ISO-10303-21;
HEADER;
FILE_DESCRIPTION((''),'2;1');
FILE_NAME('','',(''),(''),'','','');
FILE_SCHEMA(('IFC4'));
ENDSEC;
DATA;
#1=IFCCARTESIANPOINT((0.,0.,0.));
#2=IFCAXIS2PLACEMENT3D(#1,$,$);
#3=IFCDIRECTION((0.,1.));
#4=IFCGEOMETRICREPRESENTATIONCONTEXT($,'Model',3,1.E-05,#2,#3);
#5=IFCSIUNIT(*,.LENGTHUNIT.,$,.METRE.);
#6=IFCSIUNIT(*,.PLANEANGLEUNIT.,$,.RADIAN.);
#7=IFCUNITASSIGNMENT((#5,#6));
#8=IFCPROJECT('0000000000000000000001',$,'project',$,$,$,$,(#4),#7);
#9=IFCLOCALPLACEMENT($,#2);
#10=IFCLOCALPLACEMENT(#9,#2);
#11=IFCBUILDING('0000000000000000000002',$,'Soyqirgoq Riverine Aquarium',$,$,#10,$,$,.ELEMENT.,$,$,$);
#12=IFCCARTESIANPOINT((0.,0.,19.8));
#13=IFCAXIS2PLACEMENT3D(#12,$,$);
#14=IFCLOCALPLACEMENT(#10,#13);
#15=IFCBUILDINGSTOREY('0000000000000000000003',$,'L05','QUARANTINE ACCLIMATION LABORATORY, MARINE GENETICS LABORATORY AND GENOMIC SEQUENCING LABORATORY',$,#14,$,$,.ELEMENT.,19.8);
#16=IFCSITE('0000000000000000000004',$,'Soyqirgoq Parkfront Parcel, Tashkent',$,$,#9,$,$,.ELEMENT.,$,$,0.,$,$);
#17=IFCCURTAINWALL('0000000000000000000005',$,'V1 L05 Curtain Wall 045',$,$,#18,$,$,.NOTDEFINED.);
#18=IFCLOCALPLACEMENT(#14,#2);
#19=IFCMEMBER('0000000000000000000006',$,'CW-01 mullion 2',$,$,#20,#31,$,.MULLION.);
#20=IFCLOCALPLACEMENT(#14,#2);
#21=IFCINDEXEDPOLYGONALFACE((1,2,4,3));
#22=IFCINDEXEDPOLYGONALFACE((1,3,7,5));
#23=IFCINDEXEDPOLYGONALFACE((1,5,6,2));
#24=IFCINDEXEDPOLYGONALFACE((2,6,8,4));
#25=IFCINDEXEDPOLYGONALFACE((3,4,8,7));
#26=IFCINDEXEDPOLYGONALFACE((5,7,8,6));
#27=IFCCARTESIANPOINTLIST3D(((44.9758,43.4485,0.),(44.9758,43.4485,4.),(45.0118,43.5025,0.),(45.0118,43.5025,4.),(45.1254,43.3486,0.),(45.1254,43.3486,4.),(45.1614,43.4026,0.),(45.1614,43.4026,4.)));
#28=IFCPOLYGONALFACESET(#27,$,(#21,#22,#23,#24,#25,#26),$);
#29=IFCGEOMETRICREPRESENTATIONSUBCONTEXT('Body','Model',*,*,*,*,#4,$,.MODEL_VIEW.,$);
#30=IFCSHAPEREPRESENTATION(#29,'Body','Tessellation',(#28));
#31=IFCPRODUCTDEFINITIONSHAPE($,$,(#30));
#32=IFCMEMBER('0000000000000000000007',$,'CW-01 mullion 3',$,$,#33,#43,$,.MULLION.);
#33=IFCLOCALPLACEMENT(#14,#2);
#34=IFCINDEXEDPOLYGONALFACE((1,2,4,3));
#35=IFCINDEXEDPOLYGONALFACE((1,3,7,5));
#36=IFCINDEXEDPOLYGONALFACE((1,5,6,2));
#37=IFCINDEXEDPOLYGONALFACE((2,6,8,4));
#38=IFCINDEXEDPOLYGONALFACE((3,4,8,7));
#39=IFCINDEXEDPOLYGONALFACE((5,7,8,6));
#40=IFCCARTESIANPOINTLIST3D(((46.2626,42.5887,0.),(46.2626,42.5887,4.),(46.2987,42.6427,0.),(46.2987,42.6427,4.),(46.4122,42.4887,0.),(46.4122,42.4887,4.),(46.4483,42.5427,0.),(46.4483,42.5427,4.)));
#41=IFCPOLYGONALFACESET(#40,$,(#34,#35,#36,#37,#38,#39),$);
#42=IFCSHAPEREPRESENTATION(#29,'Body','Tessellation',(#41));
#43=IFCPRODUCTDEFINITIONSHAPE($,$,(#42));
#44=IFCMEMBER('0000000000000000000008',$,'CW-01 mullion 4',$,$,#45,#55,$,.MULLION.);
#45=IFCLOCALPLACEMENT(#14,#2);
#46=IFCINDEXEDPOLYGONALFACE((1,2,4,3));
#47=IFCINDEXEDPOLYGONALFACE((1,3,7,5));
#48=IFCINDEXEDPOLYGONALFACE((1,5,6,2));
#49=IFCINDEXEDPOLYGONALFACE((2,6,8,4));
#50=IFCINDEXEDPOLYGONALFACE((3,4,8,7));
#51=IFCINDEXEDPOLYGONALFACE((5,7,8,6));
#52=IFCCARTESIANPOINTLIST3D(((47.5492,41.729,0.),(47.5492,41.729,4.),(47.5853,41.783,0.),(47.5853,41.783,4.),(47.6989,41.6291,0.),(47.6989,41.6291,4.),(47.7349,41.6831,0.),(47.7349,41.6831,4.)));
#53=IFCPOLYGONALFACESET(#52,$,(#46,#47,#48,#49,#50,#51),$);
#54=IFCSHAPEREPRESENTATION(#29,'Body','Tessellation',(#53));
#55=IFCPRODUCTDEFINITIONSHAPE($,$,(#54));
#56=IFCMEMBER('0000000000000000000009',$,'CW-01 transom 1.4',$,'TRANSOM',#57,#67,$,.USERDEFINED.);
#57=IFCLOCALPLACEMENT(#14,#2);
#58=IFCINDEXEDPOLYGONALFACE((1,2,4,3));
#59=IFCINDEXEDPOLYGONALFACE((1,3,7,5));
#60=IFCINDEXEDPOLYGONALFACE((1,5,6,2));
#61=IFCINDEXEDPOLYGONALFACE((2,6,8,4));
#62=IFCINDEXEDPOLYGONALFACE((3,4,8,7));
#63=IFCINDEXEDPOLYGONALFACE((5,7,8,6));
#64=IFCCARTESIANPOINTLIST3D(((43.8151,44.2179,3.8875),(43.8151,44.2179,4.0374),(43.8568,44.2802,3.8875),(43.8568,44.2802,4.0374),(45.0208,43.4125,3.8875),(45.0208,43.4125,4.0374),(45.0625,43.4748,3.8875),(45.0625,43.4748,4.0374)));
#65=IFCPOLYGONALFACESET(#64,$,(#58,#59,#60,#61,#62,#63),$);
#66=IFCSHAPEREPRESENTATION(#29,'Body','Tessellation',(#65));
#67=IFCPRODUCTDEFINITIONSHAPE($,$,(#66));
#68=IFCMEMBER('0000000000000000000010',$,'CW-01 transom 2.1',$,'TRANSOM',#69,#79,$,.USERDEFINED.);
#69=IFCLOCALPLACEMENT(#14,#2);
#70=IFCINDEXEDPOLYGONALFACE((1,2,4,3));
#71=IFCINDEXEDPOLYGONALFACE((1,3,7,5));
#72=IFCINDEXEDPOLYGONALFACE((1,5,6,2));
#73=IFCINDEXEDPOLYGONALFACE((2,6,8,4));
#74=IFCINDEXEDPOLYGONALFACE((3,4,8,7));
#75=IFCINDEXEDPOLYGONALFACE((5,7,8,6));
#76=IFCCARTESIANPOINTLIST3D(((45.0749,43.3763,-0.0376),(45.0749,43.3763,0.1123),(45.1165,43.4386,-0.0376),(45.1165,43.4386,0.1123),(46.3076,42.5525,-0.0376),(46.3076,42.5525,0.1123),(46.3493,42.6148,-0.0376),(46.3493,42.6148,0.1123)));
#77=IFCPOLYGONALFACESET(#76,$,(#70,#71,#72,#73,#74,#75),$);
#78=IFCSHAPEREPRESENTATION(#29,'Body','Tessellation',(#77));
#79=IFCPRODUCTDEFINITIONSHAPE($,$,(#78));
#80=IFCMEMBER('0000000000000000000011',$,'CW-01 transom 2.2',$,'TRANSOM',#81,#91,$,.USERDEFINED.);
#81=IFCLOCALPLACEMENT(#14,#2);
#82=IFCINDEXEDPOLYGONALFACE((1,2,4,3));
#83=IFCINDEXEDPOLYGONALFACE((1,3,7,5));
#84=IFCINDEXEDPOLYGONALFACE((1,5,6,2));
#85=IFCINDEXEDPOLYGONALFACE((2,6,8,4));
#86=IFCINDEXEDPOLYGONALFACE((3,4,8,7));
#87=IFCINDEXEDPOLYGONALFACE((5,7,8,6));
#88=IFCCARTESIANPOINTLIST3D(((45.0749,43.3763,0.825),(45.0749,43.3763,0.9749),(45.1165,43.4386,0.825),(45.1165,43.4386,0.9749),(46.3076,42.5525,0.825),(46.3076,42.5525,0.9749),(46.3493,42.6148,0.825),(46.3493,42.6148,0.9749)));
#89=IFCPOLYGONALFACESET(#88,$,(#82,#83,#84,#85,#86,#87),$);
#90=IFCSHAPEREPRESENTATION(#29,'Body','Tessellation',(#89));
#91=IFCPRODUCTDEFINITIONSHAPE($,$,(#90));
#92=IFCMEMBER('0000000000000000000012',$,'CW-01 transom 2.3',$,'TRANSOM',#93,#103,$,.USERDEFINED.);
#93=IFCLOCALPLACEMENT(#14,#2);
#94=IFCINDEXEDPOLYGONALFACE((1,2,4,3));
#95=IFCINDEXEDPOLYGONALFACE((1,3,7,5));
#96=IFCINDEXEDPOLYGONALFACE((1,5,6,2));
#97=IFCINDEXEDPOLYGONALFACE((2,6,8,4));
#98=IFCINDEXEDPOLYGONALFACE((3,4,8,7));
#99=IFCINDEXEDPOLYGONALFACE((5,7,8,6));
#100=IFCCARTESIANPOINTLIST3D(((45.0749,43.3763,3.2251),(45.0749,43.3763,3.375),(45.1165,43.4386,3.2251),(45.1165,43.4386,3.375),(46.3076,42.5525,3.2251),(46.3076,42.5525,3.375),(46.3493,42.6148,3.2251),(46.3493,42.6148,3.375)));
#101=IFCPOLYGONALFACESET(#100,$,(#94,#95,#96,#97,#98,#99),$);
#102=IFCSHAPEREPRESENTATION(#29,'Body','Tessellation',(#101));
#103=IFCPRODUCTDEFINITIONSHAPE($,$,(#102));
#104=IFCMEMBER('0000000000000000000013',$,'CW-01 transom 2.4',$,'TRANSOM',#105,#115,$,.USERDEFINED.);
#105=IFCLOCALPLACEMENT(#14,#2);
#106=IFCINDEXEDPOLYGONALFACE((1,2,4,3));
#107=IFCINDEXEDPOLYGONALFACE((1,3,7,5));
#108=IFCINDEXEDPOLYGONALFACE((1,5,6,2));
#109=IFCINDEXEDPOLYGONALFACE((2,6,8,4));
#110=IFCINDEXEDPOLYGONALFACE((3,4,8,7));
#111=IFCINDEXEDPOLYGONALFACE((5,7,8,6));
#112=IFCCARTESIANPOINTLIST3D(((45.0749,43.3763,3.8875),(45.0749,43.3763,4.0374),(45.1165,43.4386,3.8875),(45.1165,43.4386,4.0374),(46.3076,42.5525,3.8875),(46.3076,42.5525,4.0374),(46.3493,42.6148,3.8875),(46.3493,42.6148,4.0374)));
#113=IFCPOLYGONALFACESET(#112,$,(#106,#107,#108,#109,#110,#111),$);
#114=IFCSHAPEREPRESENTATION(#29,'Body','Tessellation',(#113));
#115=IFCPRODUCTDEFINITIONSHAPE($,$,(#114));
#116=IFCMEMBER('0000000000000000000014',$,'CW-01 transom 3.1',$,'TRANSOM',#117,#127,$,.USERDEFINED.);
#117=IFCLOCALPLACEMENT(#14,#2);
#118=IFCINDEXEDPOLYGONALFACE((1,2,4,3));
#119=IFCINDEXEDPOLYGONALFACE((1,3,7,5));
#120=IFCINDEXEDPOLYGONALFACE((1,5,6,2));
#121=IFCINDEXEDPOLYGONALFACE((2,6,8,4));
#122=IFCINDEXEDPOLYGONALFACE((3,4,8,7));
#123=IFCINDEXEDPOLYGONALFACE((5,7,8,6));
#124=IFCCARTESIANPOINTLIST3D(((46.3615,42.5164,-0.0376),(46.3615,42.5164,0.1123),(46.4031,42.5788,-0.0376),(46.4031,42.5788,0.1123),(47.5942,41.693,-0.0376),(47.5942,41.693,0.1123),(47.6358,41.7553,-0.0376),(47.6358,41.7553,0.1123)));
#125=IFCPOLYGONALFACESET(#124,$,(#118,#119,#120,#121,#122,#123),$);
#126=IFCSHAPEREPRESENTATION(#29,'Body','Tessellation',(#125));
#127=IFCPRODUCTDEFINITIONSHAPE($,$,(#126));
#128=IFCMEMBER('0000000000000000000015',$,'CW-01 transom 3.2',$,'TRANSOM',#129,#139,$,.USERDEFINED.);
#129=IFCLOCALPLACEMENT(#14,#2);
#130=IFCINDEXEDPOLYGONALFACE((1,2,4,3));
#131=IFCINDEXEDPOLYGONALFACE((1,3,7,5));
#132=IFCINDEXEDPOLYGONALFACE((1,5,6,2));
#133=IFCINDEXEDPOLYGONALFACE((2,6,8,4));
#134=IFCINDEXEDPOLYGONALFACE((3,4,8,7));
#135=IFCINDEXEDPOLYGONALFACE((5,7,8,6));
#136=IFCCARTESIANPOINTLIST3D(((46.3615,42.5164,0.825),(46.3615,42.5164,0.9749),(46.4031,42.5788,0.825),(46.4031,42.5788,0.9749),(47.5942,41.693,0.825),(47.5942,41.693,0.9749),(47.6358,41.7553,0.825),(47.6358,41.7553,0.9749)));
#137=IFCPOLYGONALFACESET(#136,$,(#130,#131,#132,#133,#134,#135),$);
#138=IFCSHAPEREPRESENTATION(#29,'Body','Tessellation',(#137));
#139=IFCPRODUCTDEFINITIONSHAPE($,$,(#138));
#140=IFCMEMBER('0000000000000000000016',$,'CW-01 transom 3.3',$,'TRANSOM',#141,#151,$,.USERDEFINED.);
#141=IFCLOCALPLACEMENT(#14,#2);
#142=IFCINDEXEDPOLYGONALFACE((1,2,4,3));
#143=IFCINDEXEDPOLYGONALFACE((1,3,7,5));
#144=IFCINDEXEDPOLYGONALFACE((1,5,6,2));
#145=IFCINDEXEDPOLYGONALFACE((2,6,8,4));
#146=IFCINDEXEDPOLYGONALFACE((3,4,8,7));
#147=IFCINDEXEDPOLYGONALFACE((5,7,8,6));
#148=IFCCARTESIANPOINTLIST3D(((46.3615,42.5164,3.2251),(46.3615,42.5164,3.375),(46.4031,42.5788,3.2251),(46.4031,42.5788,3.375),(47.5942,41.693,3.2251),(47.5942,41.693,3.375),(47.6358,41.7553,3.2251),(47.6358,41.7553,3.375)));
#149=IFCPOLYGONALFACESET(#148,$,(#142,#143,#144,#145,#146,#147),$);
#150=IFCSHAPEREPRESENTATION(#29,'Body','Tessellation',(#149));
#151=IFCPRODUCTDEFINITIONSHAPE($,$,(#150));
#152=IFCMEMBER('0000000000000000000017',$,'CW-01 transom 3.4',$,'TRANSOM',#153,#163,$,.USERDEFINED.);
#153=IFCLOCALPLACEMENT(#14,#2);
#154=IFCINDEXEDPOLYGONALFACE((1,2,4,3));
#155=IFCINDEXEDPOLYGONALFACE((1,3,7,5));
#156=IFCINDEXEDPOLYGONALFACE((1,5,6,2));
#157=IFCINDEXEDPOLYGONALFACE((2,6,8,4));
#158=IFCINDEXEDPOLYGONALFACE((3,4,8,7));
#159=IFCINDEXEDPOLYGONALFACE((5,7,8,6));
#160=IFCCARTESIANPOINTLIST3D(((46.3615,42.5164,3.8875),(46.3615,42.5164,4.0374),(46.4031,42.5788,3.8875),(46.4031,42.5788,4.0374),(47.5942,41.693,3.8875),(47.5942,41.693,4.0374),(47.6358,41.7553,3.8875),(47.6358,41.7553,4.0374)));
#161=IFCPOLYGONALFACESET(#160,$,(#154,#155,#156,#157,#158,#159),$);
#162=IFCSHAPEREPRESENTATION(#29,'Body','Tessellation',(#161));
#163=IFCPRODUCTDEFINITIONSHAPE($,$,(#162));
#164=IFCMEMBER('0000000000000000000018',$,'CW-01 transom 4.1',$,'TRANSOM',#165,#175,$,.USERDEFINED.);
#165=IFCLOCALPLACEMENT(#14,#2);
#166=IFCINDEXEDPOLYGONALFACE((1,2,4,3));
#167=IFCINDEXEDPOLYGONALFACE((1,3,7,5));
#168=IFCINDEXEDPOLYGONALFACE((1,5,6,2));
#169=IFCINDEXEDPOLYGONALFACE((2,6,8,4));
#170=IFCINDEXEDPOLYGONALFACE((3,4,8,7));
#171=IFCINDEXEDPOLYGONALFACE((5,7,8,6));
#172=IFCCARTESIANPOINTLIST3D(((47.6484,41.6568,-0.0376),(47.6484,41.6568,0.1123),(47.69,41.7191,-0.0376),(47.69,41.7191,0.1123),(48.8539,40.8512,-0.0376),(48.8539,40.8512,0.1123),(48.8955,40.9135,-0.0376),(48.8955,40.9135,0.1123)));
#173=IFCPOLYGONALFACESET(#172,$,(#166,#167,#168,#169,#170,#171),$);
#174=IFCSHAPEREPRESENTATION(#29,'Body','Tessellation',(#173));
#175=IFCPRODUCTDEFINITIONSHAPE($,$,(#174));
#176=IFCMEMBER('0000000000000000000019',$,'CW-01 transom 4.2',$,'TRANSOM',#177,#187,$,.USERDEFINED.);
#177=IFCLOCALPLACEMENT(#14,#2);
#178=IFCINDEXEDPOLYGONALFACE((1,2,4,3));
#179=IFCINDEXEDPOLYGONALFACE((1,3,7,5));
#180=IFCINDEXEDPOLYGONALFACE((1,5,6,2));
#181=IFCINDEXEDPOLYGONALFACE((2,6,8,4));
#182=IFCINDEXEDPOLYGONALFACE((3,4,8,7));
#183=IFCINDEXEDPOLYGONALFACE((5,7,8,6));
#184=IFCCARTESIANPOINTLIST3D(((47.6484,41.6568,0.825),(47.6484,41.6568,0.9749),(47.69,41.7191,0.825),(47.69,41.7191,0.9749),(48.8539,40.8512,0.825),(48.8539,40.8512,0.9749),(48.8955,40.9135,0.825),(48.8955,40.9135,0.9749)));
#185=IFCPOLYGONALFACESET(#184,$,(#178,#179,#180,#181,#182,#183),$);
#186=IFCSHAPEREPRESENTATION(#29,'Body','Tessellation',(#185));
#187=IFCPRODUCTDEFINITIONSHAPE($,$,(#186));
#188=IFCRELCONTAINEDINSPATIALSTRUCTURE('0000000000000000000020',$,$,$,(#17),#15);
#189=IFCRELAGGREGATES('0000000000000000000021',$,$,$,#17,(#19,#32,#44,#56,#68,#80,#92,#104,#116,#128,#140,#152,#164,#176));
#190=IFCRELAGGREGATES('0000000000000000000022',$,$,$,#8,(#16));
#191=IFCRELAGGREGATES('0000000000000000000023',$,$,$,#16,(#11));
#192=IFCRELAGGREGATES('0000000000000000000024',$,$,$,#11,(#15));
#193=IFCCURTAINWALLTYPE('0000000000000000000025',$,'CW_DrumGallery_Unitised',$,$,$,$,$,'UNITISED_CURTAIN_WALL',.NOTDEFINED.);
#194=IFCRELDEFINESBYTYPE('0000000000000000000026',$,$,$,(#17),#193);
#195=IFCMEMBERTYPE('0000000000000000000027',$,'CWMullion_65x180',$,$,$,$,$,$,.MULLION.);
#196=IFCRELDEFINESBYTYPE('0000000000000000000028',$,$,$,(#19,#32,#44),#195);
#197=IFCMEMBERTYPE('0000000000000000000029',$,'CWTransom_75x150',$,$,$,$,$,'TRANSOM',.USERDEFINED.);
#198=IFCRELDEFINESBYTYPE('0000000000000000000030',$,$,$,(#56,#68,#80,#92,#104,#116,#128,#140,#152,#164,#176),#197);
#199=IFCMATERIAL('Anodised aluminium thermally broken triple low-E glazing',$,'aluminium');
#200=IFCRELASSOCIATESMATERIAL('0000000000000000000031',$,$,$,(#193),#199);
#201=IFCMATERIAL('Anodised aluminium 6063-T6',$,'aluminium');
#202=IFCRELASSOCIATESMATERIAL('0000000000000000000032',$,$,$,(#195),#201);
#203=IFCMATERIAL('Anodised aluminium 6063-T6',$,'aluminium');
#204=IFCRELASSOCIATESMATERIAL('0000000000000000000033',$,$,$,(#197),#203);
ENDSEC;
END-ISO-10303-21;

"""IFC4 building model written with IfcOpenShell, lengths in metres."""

from ifc_helpers import new_model, si_unit, direction, frame, origin, origin_2d, place, context, subcontext, project, spatial, rectangle, extrude, material, material_profile, profile_set, type_object, element, aggregate, save


model = new_model("IFC4")

# Units and contexts
model_context = context("Model", 3, precision=1e-05, world=origin(), true_north=direction((0.0, 1.0)))
body_context = subcontext(model_context, "Body", "Model", "MODEL_VIEW")
ifc_project = project(units=[si_unit("LENGTHUNIT", "METRE"), si_unit("PLANEANGLEUNIT", "RADIAN")], contexts=[model_context])

# Site, building, storey
site_placement = place(None, origin())
site = spatial("IfcSite", under=ifc_project, at=site_placement, Name="Soyqirgoq Parkfront Parcel, Tashkent", CompositionType="ELEMENT", RefElevation=0.0)
building_placement = place(site_placement, origin())
building = spatial("IfcBuilding", under=site, at=building_placement, Name="Soyqirgoq Riverine Aquarium", CompositionType="ELEMENT")
storey_placement = place(building_placement, frame((0.0, 0.0, 19.8)))
storey = spatial("IfcBuildingStorey", under=building, at=storey_placement, Name="L05", Description="QUARANTINE ACCLIMATION LABORATORY, MARINE GENETICS LABORATORY AND GENOMIC SEQUENCING LABORATORY", CompositionType="ELEMENT", Elevation=19.8)

# Curtain wall, members
ifc_material_1 = material(Name="Anodised aluminium thermally broken triple low-E glazing", Category="aluminium")
curtain_wall_type = type_object("IfcCurtainWallType", Name="CW_DrumGallery_Unitised", ElementType="UNITISED_CURTAIN_WALL", PredefinedType="NOTDEFINED", material=ifc_material_1)
curtain_wall_placement = place(storey_placement, origin())
curtain_wall = element("IfcCurtainWall", 1, at=curtain_wall_placement, inside=storey, type_object=curtain_wall_type, Name="V1 L05 Curtain Wall 045", PredefinedType="NOTDEFINED")
ifc_material_2 = material(Name="Anodised aluminium 6063-T6", Category="aluminium")
ifc_material_profile_1 = material_profile(ifc_material_2, rectangle(XDim=0.0649, YDim=0.1799, at=origin_2d()), Name="ALU-M 65x180")
ifc_profile_set_1 = profile_set([ifc_material_profile_1], Name="Anodised aluminium 6063-T6")
member_type_1 = type_object("IfcMemberType", Name="CWMullion_65x180", PredefinedType="MULLION", material=ifc_profile_set_1)
member_1_placement = place(storey_placement, frame((45.0686, 43.4255, 0.0), z_axis=(0.0, 0.0, 1.0), x_axis=(0.555561, 0.831476, 0.0)))
member_1 = element("IfcMember", 2, at=member_1_placement, type_object=member_type_1, Name="CW-01 mullion 2", PredefinedType="MULLION", context=body_context, shape_type="SweptSolid", body=[
    extrude(rectangle(XDim=0.0649, YDim=0.1799, at=origin_2d()), origin(), (0.0, 0.0, 1.0), 4.0),
])
member_2_placement = place(storey_placement, frame((46.3555, 42.5657, 0.0), z_axis=(0.0, 0.0, 1.0), x_axis=(0.555561, 0.831476, 0.0)))
member_2 = element("IfcMember", 3, at=member_2_placement, type_object=member_type_1, Name="CW-01 mullion 3", PredefinedType="MULLION", context=body_context, shape_type="SweptSolid", body=[
    extrude(rectangle(XDim=0.0649, YDim=0.1799, at=origin_2d()), origin(), (0.0, 0.0, 1.0), 4.0),
])
member_3_placement = place(storey_placement, frame((47.6421, 41.7061, 0.0), z_axis=(0.0, 0.0, 1.0), x_axis=(0.555561, 0.831476, 0.0)))
member_3 = element("IfcMember", 4, at=member_3_placement, type_object=member_type_1, Name="CW-01 mullion 4", PredefinedType="MULLION", context=body_context, shape_type="SweptSolid", body=[
    extrude(rectangle(XDim=0.0649, YDim=0.1799, at=origin_2d()), origin(), (0.0, 0.0, 1.0), 4.0),
])
ifc_material_3 = material(Name="Anodised aluminium 6063-T6", Category="aluminium")
ifc_material_profile_2 = material_profile(ifc_material_3, rectangle(XDim=0.075, YDim=0.1499, at=origin_2d()), Name="ALU-T 75x150")
ifc_profile_set_2 = profile_set([ifc_material_profile_2], Name="Anodised aluminium 6063-T6")
member_type_2 = type_object("IfcMemberType", Name="CWTransom_75x150", ElementType="TRANSOM", PredefinedType="USERDEFINED", material=ifc_profile_set_2)
member_4_placement = place(storey_placement, frame((43.8359, 44.249, 3.9624), z_axis=(0.831558, -0.555438, 0.0), x_axis=(0.555438, 0.831558, 0.0)))
member_4 = element("IfcMember", 5, at=member_4_placement, type_object=member_type_2, Name="CW-01 transom 1.4", ObjectType="TRANSOM", PredefinedType="USERDEFINED", context=body_context, shape_type="SweptSolid", body=[
    extrude(rectangle(XDim=0.075, YDim=0.1499, at=origin_2d()), origin(), (0.0, 0.0, 1.0), 1.45),
])
member_5_placement = place(storey_placement, frame((45.0957, 43.4075, 0.0374), z_axis=(0.831442, -0.555612, 0.0), x_axis=(0.555612, 0.831442, 0.0)))
member_5 = element("IfcMember", 6, at=member_5_placement, type_object=member_type_2, Name="CW-01 transom 2.1", ObjectType="TRANSOM", PredefinedType="USERDEFINED", context=body_context, shape_type="SweptSolid", body=[
    extrude(rectangle(XDim=0.075, YDim=0.1499, at=origin_2d()), origin(), (0.0, 0.0, 1.0), 1.4827),
])
member_6_placement = place(storey_placement, frame((45.0957, 43.4075, 0.8999), z_axis=(0.831442, -0.555612, 0.0), x_axis=(0.555612, 0.831442, 0.0)))
member_6 = element("IfcMember", 7, at=member_6_placement, type_object=member_type_2, Name="CW-01 transom 2.2", ObjectType="TRANSOM", PredefinedType="USERDEFINED", context=body_context, shape_type="SweptSolid", body=[
    extrude(rectangle(XDim=0.075, YDim=0.1499, at=origin_2d()), origin(), (0.0, 0.0, 1.0), 1.4827),
])
member_7_placement = place(storey_placement, frame((45.0957, 43.4075, 3.3), z_axis=(0.831442, -0.555612, 0.0), x_axis=(0.555612, 0.831442, 0.0)))
member_7 = element("IfcMember", 8, at=member_7_placement, type_object=member_type_2, Name="CW-01 transom 2.3", ObjectType="TRANSOM", PredefinedType="USERDEFINED", context=body_context, shape_type="SweptSolid", body=[
    extrude(rectangle(XDim=0.075, YDim=0.1499, at=origin_2d()), origin(), (0.0, 0.0, 1.0), 1.4827),
])
member_8_placement = place(storey_placement, frame((45.0957, 43.4075, 3.9624), z_axis=(0.831442, -0.555612, 0.0), x_axis=(0.555612, 0.831442, 0.0)))
member_8 = element("IfcMember", 9, at=member_8_placement, type_object=member_type_2, Name="CW-01 transom 2.4", ObjectType="TRANSOM", PredefinedType="USERDEFINED", context=body_context, shape_type="SweptSolid", body=[
    extrude(rectangle(XDim=0.075, YDim=0.1499, at=origin_2d()), origin(), (0.0, 0.0, 1.0), 1.4827),
])
member_9_placement = place(storey_placement, frame((46.3823, 42.5476, 0.0374), z_axis=(0.831518, -0.555498, 0.0), x_axis=(0.555498, 0.831518, 0.0)))
member_9 = element("IfcMember", 10, at=member_9_placement, type_object=member_type_2, Name="CW-01 transom 3.1", ObjectType="TRANSOM", PredefinedType="USERDEFINED", context=body_context, shape_type="SweptSolid", body=[
    extrude(rectangle(XDim=0.075, YDim=0.1499, at=origin_2d()), origin(), (0.0, 0.0, 1.0), 1.4824),
])
member_10_placement = place(storey_placement, frame((46.3823, 42.5476, 0.8999), z_axis=(0.831518, -0.555498, 0.0), x_axis=(0.555498, 0.831518, 0.0)))
member_10 = element("IfcMember", 11, at=member_10_placement, type_object=member_type_2, Name="CW-01 transom 3.2", ObjectType="TRANSOM", PredefinedType="USERDEFINED", context=body_context, shape_type="SweptSolid", body=[
    extrude(rectangle(XDim=0.075, YDim=0.1499, at=origin_2d()), origin(), (0.0, 0.0, 1.0), 1.4824),
])
member_11_placement = place(storey_placement, frame((46.3823, 42.5476, 3.3), z_axis=(0.831518, -0.555498, 0.0), x_axis=(0.555498, 0.831518, 0.0)))
member_11 = element("IfcMember", 12, at=member_11_placement, type_object=member_type_2, Name="CW-01 transom 3.3", ObjectType="TRANSOM", PredefinedType="USERDEFINED", context=body_context, shape_type="SweptSolid", body=[
    extrude(rectangle(XDim=0.075, YDim=0.1499, at=origin_2d()), origin(), (0.0, 0.0, 1.0), 1.4824),
])
member_12_placement = place(storey_placement, frame((46.3823, 42.5476, 3.9624), z_axis=(0.831518, -0.555498, 0.0), x_axis=(0.555498, 0.831518, 0.0)))
member_12 = element("IfcMember", 13, at=member_12_placement, type_object=member_type_2, Name="CW-01 transom 3.4", ObjectType="TRANSOM", PredefinedType="USERDEFINED", context=body_context, shape_type="SweptSolid", body=[
    extrude(rectangle(XDim=0.075, YDim=0.1499, at=origin_2d()), origin(), (0.0, 0.0, 1.0), 1.4824),
])
member_13_placement = place(storey_placement, frame((47.6692, 41.688, 0.0374), z_axis=(0.831428, -0.555632, 0.0), x_axis=(0.555632, 0.831428, 0.0)))
member_13 = element("IfcMember", 14, at=member_13_placement, type_object=member_type_2, Name="CW-01 transom 4.1", ObjectType="TRANSOM", PredefinedType="USERDEFINED", context=body_context, shape_type="SweptSolid", body=[
    extrude(rectangle(XDim=0.075, YDim=0.1499, at=origin_2d()), origin(), (0.0, 0.0, 1.0), 1.45),
])
member_14_placement = place(storey_placement, frame((47.6692, 41.688, 0.8999), z_axis=(0.831428, -0.555632, 0.0), x_axis=(0.555632, 0.831428, 0.0)))
member_14 = element("IfcMember", 15, at=member_14_placement, type_object=member_type_2, Name="CW-01 transom 4.2", ObjectType="TRANSOM", PredefinedType="USERDEFINED", context=body_context, shape_type="SweptSolid", body=[
    extrude(rectangle(XDim=0.075, YDim=0.1499, at=origin_2d()), origin(), (0.0, 0.0, 1.0), 1.45),
])
aggregate(curtain_wall, [member_1, member_2, member_3, member_4, member_5, member_6, member_7, member_8, member_9, member_10, member_11, member_12, member_13, member_14])

save(model, "model.ifc")
